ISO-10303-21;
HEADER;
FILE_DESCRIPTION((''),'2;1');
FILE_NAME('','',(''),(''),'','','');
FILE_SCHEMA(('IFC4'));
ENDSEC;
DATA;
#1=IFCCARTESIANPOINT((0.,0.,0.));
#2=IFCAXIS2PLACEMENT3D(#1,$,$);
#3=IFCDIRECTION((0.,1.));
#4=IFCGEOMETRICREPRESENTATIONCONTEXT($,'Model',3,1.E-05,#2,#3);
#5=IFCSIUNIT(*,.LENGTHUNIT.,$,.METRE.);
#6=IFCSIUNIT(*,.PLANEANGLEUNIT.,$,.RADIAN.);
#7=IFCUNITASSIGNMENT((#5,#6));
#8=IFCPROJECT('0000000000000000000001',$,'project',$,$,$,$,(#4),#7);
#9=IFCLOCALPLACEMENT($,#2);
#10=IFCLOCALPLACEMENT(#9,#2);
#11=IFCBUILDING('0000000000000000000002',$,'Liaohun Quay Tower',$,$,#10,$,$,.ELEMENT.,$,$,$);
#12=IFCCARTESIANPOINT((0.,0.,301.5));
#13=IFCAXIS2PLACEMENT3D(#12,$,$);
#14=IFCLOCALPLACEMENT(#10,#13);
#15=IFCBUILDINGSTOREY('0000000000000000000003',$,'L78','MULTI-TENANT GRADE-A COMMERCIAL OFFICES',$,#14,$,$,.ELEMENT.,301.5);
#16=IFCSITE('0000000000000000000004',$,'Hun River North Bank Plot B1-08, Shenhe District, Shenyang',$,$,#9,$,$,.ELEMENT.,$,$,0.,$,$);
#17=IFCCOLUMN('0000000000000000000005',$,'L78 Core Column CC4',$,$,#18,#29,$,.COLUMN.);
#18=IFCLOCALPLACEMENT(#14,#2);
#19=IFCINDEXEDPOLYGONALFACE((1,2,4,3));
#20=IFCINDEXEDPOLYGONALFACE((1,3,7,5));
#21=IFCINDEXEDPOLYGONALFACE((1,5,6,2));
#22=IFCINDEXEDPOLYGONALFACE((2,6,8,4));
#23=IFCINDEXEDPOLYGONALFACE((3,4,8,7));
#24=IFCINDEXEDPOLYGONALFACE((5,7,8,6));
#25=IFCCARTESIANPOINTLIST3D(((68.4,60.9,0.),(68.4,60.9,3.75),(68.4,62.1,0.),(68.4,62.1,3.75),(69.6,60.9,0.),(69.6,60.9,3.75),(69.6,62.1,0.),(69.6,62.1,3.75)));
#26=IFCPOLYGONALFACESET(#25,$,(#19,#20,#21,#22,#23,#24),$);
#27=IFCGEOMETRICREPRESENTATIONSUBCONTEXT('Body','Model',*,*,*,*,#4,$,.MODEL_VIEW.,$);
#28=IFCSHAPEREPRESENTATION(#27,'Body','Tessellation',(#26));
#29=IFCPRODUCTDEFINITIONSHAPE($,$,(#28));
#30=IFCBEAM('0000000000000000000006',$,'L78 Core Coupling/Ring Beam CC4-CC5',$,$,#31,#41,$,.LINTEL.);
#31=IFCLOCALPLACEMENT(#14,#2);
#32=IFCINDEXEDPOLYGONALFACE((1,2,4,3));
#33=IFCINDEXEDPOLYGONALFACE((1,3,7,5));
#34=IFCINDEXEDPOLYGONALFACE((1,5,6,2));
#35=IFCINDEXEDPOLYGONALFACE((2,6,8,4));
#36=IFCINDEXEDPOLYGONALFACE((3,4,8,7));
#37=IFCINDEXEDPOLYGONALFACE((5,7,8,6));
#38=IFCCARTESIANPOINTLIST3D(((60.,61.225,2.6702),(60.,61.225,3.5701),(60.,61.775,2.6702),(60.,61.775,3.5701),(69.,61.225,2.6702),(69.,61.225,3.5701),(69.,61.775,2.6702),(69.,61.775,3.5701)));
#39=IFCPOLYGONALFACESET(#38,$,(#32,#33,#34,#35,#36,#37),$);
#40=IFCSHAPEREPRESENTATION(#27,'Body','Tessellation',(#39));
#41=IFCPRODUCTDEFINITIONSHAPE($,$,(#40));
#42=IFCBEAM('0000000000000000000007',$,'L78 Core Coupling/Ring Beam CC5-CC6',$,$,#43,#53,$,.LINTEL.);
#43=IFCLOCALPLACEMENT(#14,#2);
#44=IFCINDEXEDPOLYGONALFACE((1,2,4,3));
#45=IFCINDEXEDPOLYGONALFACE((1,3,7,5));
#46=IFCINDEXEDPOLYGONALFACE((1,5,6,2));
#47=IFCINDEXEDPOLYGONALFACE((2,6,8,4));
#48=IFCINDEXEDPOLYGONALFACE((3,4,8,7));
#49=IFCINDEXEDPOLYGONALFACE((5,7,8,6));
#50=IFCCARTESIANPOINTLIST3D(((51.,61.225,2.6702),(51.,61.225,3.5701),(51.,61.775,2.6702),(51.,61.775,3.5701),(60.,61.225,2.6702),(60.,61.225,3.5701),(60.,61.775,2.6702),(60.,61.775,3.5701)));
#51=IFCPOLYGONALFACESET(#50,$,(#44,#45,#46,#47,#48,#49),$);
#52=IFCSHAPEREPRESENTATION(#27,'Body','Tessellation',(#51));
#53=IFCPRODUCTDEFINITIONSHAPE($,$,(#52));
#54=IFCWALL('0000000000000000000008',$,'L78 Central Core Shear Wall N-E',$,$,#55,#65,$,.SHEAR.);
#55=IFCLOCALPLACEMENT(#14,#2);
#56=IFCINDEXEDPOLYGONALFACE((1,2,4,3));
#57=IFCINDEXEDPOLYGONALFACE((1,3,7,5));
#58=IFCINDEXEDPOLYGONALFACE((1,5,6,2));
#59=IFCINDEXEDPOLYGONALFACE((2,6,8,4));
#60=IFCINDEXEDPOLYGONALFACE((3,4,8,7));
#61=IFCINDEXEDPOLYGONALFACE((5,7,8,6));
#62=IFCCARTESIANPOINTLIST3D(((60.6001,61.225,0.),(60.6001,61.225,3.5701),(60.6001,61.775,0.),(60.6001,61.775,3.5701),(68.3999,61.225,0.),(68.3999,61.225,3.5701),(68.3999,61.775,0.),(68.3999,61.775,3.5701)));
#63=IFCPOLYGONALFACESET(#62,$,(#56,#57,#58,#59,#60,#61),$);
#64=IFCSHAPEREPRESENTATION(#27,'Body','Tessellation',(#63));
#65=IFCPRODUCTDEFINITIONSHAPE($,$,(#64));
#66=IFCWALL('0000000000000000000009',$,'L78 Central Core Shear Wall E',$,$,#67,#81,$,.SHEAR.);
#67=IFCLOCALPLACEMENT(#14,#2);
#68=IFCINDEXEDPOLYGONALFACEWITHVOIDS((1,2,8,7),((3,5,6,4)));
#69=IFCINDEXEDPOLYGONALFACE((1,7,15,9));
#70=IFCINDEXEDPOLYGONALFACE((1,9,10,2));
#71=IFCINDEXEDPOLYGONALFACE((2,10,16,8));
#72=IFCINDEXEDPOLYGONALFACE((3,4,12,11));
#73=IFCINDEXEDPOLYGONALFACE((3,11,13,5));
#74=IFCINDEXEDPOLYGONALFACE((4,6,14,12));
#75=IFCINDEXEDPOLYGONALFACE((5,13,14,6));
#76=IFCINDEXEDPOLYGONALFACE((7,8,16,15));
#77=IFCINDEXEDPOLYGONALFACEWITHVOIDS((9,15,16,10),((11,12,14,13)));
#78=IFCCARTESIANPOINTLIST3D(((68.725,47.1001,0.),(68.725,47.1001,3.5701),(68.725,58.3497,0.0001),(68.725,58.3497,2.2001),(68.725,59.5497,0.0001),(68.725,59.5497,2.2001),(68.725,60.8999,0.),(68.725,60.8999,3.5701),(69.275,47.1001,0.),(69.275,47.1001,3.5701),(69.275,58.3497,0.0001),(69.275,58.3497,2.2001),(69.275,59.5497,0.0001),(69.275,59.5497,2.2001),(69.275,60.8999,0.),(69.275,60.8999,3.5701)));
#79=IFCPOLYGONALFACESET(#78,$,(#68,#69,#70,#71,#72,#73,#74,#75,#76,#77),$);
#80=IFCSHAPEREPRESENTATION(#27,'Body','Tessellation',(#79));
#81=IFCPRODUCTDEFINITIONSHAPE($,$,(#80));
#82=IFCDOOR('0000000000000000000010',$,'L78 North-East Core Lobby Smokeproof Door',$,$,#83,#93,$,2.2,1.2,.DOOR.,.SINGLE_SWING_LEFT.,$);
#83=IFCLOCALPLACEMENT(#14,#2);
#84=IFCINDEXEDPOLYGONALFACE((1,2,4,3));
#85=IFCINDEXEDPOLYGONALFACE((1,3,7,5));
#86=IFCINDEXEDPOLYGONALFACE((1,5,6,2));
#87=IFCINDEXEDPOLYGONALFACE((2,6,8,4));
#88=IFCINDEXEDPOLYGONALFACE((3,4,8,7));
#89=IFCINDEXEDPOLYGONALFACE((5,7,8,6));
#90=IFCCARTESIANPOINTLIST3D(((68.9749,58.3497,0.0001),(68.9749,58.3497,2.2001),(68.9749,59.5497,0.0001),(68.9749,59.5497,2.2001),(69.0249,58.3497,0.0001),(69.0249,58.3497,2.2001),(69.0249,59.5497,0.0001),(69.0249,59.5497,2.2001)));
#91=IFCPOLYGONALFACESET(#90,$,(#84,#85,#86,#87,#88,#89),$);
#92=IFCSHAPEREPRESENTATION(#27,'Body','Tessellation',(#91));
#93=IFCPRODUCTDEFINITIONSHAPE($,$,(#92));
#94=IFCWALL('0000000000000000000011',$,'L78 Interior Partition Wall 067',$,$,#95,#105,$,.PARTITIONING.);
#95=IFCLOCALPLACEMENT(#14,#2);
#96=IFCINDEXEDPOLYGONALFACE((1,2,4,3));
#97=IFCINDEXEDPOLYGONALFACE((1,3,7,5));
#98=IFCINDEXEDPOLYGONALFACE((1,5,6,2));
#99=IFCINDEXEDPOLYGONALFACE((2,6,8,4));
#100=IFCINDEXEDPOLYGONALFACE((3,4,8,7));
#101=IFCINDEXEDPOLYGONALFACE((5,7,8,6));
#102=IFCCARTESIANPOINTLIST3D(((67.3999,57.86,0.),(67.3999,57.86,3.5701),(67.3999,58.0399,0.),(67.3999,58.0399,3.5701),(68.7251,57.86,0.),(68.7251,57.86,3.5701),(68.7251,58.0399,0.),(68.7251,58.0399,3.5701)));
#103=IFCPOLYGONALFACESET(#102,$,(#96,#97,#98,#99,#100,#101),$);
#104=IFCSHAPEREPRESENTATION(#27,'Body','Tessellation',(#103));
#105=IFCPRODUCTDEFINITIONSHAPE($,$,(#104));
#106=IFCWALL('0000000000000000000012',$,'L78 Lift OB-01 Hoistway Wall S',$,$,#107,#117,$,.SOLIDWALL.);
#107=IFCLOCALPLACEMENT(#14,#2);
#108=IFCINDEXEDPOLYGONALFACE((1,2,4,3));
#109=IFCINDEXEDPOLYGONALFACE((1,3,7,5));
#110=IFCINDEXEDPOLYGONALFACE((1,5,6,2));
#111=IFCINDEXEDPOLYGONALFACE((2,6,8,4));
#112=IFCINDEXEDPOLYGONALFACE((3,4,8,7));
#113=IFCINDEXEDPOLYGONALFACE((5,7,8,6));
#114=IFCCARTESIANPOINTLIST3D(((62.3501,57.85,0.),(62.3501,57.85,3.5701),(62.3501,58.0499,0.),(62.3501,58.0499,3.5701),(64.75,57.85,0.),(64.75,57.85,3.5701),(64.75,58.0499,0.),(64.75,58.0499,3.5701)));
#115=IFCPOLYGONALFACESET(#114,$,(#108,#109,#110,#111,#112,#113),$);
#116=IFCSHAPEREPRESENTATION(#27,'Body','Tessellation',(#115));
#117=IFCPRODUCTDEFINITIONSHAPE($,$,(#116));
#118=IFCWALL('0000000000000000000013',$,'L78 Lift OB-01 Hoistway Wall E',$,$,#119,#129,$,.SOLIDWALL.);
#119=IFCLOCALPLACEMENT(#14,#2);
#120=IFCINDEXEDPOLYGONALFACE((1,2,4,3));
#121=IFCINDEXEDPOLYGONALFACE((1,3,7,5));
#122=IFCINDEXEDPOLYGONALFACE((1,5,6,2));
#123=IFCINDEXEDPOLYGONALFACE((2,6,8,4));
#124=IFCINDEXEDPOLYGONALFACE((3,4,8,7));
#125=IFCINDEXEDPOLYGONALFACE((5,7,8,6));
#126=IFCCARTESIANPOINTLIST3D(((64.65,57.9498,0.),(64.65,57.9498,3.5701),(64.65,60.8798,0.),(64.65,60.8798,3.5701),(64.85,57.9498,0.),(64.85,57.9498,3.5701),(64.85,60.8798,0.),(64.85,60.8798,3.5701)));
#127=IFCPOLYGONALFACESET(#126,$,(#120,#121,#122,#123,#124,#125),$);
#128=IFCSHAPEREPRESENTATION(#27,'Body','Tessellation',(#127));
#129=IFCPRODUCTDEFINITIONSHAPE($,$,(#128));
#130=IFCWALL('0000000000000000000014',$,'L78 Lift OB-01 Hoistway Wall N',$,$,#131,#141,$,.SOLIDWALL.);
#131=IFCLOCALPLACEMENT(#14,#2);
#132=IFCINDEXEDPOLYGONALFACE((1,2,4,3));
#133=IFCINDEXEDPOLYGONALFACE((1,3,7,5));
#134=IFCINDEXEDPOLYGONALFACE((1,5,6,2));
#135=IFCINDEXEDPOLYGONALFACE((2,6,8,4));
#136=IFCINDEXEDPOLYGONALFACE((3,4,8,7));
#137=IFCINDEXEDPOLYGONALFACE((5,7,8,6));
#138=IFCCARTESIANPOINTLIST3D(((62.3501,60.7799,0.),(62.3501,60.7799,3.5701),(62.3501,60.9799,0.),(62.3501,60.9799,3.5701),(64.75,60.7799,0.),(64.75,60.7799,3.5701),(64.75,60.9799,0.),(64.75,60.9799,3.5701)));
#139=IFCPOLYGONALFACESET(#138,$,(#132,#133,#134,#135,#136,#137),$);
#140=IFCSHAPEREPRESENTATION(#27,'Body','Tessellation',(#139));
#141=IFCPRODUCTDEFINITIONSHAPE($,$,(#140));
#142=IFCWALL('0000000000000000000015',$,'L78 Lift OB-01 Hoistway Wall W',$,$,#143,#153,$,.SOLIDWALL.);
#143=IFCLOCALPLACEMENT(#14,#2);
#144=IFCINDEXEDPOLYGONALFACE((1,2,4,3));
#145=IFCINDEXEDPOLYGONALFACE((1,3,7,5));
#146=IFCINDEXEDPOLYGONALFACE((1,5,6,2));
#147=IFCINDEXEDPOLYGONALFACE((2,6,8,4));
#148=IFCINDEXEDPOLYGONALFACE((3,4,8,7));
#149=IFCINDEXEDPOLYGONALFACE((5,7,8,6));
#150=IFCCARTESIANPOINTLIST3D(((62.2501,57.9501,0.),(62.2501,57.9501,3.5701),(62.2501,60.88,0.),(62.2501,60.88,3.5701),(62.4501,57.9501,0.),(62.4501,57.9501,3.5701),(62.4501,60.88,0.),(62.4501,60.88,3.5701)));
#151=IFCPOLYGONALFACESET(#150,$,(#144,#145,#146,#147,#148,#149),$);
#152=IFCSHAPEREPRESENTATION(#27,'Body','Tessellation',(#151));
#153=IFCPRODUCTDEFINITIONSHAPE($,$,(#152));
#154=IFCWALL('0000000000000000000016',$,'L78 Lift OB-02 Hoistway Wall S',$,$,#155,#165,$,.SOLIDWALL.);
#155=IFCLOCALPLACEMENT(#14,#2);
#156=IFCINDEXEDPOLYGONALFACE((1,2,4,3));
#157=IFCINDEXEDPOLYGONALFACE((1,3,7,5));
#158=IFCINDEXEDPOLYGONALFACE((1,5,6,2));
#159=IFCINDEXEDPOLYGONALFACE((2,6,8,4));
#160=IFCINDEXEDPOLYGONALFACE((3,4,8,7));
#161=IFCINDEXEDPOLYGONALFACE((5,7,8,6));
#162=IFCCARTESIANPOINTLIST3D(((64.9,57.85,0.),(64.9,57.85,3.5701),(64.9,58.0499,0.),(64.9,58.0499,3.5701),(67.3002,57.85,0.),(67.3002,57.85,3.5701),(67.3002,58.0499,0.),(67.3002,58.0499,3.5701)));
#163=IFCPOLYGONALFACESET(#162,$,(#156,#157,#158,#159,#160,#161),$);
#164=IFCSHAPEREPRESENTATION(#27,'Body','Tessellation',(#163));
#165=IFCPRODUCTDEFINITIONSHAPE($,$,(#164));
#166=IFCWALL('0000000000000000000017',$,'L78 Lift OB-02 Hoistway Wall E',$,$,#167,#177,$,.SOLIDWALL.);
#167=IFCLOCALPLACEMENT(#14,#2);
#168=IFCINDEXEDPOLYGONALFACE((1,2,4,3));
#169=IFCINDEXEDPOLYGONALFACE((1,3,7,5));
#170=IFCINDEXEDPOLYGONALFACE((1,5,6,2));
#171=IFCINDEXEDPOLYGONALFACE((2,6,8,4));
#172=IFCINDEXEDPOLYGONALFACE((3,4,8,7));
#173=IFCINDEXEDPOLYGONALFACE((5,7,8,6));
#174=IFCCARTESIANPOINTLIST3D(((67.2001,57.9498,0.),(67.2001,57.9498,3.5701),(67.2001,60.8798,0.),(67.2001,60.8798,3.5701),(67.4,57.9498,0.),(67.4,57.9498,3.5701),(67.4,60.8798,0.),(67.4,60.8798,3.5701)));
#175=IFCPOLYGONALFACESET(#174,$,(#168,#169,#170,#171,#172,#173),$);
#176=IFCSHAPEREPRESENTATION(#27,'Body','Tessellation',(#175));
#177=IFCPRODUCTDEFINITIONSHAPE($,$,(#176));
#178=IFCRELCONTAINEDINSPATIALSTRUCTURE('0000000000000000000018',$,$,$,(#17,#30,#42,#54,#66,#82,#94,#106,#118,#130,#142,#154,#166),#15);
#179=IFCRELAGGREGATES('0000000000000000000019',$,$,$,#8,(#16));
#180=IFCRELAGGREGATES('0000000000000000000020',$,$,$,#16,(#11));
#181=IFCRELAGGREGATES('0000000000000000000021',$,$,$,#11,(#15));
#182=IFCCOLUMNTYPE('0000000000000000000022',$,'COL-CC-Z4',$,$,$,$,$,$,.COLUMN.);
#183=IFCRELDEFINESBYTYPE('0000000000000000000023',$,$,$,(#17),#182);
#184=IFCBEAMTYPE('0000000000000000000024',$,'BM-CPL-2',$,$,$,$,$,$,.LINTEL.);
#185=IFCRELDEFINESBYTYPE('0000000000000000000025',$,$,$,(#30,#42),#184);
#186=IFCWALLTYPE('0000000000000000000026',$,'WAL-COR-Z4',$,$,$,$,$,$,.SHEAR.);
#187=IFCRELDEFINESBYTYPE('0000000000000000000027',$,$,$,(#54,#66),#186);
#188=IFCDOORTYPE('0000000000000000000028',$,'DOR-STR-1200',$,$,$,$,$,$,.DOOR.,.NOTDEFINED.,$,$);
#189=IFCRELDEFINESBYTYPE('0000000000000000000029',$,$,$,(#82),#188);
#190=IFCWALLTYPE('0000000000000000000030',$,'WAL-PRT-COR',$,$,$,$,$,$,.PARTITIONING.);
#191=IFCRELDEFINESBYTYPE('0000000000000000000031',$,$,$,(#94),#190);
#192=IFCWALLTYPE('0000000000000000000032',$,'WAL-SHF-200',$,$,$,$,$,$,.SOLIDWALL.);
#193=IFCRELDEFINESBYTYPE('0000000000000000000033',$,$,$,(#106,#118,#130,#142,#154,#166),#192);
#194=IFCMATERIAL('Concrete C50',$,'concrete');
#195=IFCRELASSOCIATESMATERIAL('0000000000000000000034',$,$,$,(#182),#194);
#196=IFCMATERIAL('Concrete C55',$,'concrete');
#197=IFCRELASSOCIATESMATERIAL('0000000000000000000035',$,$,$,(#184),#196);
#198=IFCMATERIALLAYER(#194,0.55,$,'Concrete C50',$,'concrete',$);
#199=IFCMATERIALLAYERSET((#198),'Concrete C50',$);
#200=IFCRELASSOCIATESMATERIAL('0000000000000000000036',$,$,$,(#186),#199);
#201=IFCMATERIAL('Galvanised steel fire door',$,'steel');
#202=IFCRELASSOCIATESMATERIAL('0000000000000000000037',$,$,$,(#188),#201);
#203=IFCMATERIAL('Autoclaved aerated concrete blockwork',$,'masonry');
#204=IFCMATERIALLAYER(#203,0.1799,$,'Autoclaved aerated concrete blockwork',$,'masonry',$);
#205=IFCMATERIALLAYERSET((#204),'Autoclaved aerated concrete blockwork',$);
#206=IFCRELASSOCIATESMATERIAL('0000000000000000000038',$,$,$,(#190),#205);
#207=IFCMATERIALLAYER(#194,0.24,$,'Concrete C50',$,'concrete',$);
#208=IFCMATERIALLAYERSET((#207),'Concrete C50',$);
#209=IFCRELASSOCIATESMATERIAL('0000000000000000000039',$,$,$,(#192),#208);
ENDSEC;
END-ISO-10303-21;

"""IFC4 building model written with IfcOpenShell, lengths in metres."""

from ifc_helpers import new_model, si_unit, direction, frame, frame_2d, origin, origin_2d, place, context, subcontext, project, spatial, rectangle, extrude, source, transform, mapped, material, layer, layer_set, material_profile, profile_set, type_object, element, fill, save


model = new_model("IFC4")

# Units and contexts
model_context = context("Model", 3, precision=1e-05, world=origin(), true_north=direction((0.0, 1.0)))
body_context = subcontext(model_context, "Body", "Model", "MODEL_VIEW")
ifc_project = project(units=[si_unit("LENGTHUNIT", "METRE"), si_unit("PLANEANGLEUNIT", "RADIAN")], contexts=[model_context])

# Site, building, storey
site_placement = place(None, origin())
site = spatial("IfcSite", under=ifc_project, at=site_placement, Name="Hun River North Bank Plot B1-08, Shenhe District, Shenyang", CompositionType="ELEMENT", RefElevation=0.0)
building_placement = place(site_placement, origin())
building = spatial("IfcBuilding", under=site, at=building_placement, Name="Liaohun Quay Tower", CompositionType="ELEMENT")
storey_placement = place(building_placement, frame((0.0, 0.0, 301.5)))
storey = spatial("IfcBuildingStorey", under=building, at=storey_placement, Name="L78", Description="MULTI-TENANT GRADE-A COMMERCIAL OFFICES", CompositionType="ELEMENT", Elevation=301.5)

# Column
ifc_material_1 = material(Name="Concrete C50", Category="concrete")
ifc_material_profile_1 = material_profile(ifc_material_1, rectangle(XDim=1.2, YDim=1.2, at=origin_2d()), Name="RC1200x1200")
ifc_profile_set_1 = profile_set([ifc_material_profile_1], Name="Concrete C50")
column_type = type_object("IfcColumnType", Name="COL-CC-Z4", PredefinedType="COLUMN", material=ifc_profile_set_1)
shared_shape_1 = source(origin(), body_context, "Body", "SweptSolid", [
    extrude(rectangle(XDim=1.2, YDim=1.2, at=origin_2d()), origin(), (0.0, 0.0, 1.0), 3.75),
])
column_placement = place(storey_placement, frame((69.0, 61.5, 0.0), z_axis=(0.0, 0.0, 1.0), x_axis=(1.0, 0.0, 0.0)))
element("IfcColumn", 1, at=column_placement, inside=storey, type_object=column_type, Name="L78 Core Column CC4", PredefinedType="COLUMN", context=body_context, shape_type="MappedRepresentation", body=[
    mapped(shared_shape_1, transform((0.0, 0.0, 0.0), x_axis=(1.0, 0.0, 0.0), y_axis=(0.0, 1.0, 0.0), z_axis=(0.0, 0.0, 1.0), scale=1.0)),
])

# Beams
ifc_material_2 = material(Name="Concrete C55", Category="concrete")
ifc_material_profile_2 = material_profile(ifc_material_2, rectangle(XDim=0.55, YDim=0.8999, at=origin_2d()), Name="RC550x900")
ifc_profile_set_2 = profile_set([ifc_material_profile_2], Name="Concrete C55")
beam_type = type_object("IfcBeamType", Name="BM-CPL-2", PredefinedType="LINTEL", material=ifc_profile_set_2)
shared_shape_2 = source(origin(), body_context, "Body", "SweptSolid", [
    extrude(rectangle(XDim=0.55, YDim=0.8999, at=origin_2d()), origin(), (0.0, 0.0, 1.0), 9.0),
])
for number, where, z_axis, x_axis, name in (
    (2, (69.0, 61.5, 3.1201), (-1.0, 0.0, 0.0), (0.0, -1.0, 0.0), "L78 Core Coupling/Ring Beam CC4-CC5"),
    (3, (60.0, 61.5, 3.1201), (-1.0, 0.0, 0.0), (0.0, -1.0, 0.0), "L78 Core Coupling/Ring Beam CC5-CC6"),
):
    element("IfcBeam", number, at=place(storey_placement, frame(where, z_axis=z_axis, x_axis=x_axis)), inside=storey, type_object=beam_type, Name=name, PredefinedType="LINTEL", context=body_context, shape_type="MappedRepresentation", body=[
        mapped(shared_shape_2, transform((0.0, 0.0, 0.0), x_axis=(1.0, 0.0, 0.0), y_axis=(0.0, 1.0, 0.0), z_axis=(0.0, 0.0, 1.0), scale=1.0)),
    ])

# Wall
ifc_layer_1 = layer(ifc_material_1, 0.55, Name="Concrete C50", Category="concrete")
ifc_layer_set_1 = layer_set([ifc_layer_1], Name="Concrete C50")
wall_type_1 = type_object("IfcWallType", Name="WAL-COR-Z4", PredefinedType="SHEAR", material=ifc_layer_set_1)
wall_1_placement = place(storey_placement, frame((60.6001, 61.5, 0.0), z_axis=(0.0, 0.0, 1.0), x_axis=(1.0, 0.0, 0.0)))
element("IfcWall", 4, at=wall_1_placement, inside=storey, type_object=wall_type_1, Name="L78 Central Core Shear Wall N-E", PredefinedType="SHEAR", context=body_context, shape_type="SweptSolid", body=[
    extrude(rectangle(XDim=7.7998, YDim=0.55, at=frame_2d((3.8999, 0.0))), origin(), (0.0, 0.0, 1.0), 3.5701),
])

# Wall, opening, door
wall_2_placement = place(storey_placement, frame((69.0, 60.8999, 0.0), z_axis=(0.0, 0.0, 1.0), x_axis=(0.0, -1.0, 0.0)))
wall_2 = element("IfcWall", 5, at=wall_2_placement, inside=storey, type_object=wall_type_1, Name="L78 Central Core Shear Wall E", PredefinedType="SHEAR", context=body_context, shape_type="SweptSolid", body=[
    extrude(rectangle(XDim=13.7998, YDim=0.55, at=frame_2d((6.8999, 0.0))), origin(), (0.0, 0.0, 1.0), 3.5701),
])
shared_shape_3 = source(origin(), body_context, "Body", "SweptSolid", [
    extrude(rectangle(XDim=1.2, YDim=2.2, at=frame_2d((0.6001, 1.1001))), frame((0.0, 0.2849, 0.0), z_axis=(0.0, -1.0, 0.0), x_axis=(1.0, 0.0, 0.0)), (0.0, 0.0, 1.0), 0.5701),
])
opening_placement = place(wall_2_placement, frame((1.3501, 0.0, 0.0)))
opening = element("IfcOpeningElement", 6, at=opening_placement, cuts=wall_2, PredefinedType="OPENING", context=body_context, shape_type="MappedRepresentation", body=[
    mapped(shared_shape_3, transform((0.0, 0.0, 0.0), x_axis=(1.0, 0.0, 0.0), y_axis=(0.0, 1.0, 0.0), z_axis=(0.0, 0.0, 1.0), scale=1.0)),
])
ifc_material_3 = material(Name="Galvanised steel fire door", Category="steel")
door_type = type_object("IfcDoorType", Name="DOR-STR-1200", OperationType="NOTDEFINED", PredefinedType="DOOR", material=ifc_material_3)
shared_shape_4 = source(origin(), body_context, "Body", "SweptSolid", [
    extrude(rectangle(XDim=1.2, YDim=2.2, at=frame_2d((0.6001, 1.1001))), frame((0.0, 0.0249, 0.0), z_axis=(0.0, -1.0, 0.0), x_axis=(1.0, 0.0, 0.0)), (0.0, 0.0, 1.0), 0.05),
])
door_placement = place(opening_placement, origin())
door = element("IfcDoor", 7, at=door_placement, inside=storey, type_object=door_type, Name="L78 North-East Core Lobby Smokeproof Door", OperationType="SINGLE_SWING_LEFT", OverallHeight=2.2, OverallWidth=1.2, PredefinedType="DOOR", context=body_context, shape_type="MappedRepresentation", body=[
    mapped(shared_shape_4, transform((0.0, 0.0, 0.0), x_axis=(1.0, 0.0, 0.0), y_axis=(0.0, 1.0, 0.0), z_axis=(0.0, 0.0, 1.0), scale=1.0)),
])
fill(opening, door)

# Walls
ifc_material_4 = material(Name="Autoclaved aerated concrete blockwork", Category="masonry")
ifc_layer_2 = layer(ifc_material_4, 0.1799, Name="Autoclaved aerated concrete blockwork", Category="masonry")
ifc_layer_set_2 = layer_set([ifc_layer_2], Name="Autoclaved aerated concrete blockwork")
wall_type_2 = type_object("IfcWallType", Name="WAL-PRT-COR", PredefinedType="PARTITIONING", material=ifc_layer_set_2)
wall_3_placement = place(storey_placement, frame((67.3999, 57.95, 0.0), z_axis=(0.0, 0.0, 1.0), x_axis=(1.0, 0.0, 0.0)))
element("IfcWall", 8, at=wall_3_placement, inside=storey, type_object=wall_type_2, Name="L78 Interior Partition Wall 067", PredefinedType="PARTITIONING", context=body_context, shape_type="SweptSolid", body=[
    extrude(rectangle(XDim=1.3252, YDim=0.1799, at=frame_2d((0.6626, 0.0))), origin(), (0.0, 0.0, 1.0), 3.5701),
])
ifc_layer_3 = layer(ifc_material_1, 0.24, Name="Concrete C50", Category="concrete")
ifc_layer_set_3 = layer_set([ifc_layer_3], Name="Concrete C50")
wall_type_3 = type_object("IfcWallType", Name="WAL-SHF-200", PredefinedType="SOLIDWALL", material=ifc_layer_set_3)
wall_4_placement = place(storey_placement, frame((62.3501, 57.95, 0.0), z_axis=(0.0, 0.0, 1.0), x_axis=(1.0, 0.0, 0.0)))
element("IfcWall", 9, at=wall_4_placement, inside=storey, type_object=wall_type_3, Name="L78 Lift OB-01 Hoistway Wall S", PredefinedType="SOLIDWALL", context=body_context, shape_type="SweptSolid", body=[
    extrude(rectangle(XDim=2.3999, YDim=0.2, at=frame_2d((1.2, 0.0))), origin(), (0.0, 0.0, 1.0), 3.5701),
])
wall_5_placement = place(storey_placement, frame((64.75, 57.95, 0.0), z_axis=(0.0, 0.0, 1.0), x_axis=(0.0, 1.0, 0.0)))
element("IfcWall", 10, at=wall_5_placement, inside=storey, type_object=wall_type_3, Name="L78 Lift OB-01 Hoistway Wall E", PredefinedType="SOLIDWALL", context=body_context, shape_type="SweptSolid", body=[
    extrude(rectangle(XDim=2.9299, YDim=0.2, at=frame_2d((1.4648, 0.0))), origin(), (0.0, 0.0, 1.0), 3.5701),
])
wall_6_placement = place(storey_placement, frame((64.75, 60.8799, 0.0), z_axis=(0.0, 0.0, 1.0), x_axis=(-1.0, 0.0, 0.0)))
element("IfcWall", 11, at=wall_6_placement, inside=storey, type_object=wall_type_3, Name="L78 Lift OB-01 Hoistway Wall N", PredefinedType="SOLIDWALL", context=body_context, shape_type="SweptSolid", body=[
    extrude(rectangle(XDim=2.3999, YDim=0.2, at=frame_2d((1.2, 0.0))), origin(), (0.0, 0.0, 1.0), 3.5701),
])
wall_7_placement = place(storey_placement, frame((62.3501, 60.8799, 0.0), z_axis=(0.0, 0.0, 1.0), x_axis=(0.0, -1.0, 0.0)))
element("IfcWall", 12, at=wall_7_placement, inside=storey, type_object=wall_type_3, Name="L78 Lift OB-01 Hoistway Wall W", PredefinedType="SOLIDWALL", context=body_context, shape_type="SweptSolid", body=[
    extrude(rectangle(XDim=2.9299, YDim=0.2, at=frame_2d((1.4648, 0.0))), origin(), (0.0, 0.0, 1.0), 3.5701),
])
wall_8_placement = place(storey_placement, frame((64.8999, 57.95, 0.0), z_axis=(0.0, 0.0, 1.0), x_axis=(1.0, 0.0, 0.0)))
element("IfcWall", 13, at=wall_8_placement, inside=storey, type_object=wall_type_3, Name="L78 Lift OB-02 Hoistway Wall S", PredefinedType="SOLIDWALL", context=body_context, shape_type="SweptSolid", body=[
    extrude(rectangle(XDim=2.4001, YDim=0.2, at=frame_2d((1.2002, 0.0))), origin(), (0.0, 0.0, 1.0), 3.5701),
])
wall_9_placement = place(storey_placement, frame((67.3, 57.95, 0.0), z_axis=(0.0, 0.0, 1.0), x_axis=(0.0, 1.0, 0.0)))
element("IfcWall", 14, at=wall_9_placement, inside=storey, type_object=wall_type_3, Name="L78 Lift OB-02 Hoistway Wall E", PredefinedType="SOLIDWALL", context=body_context, shape_type="SweptSolid", body=[
    extrude(rectangle(XDim=2.9299, YDim=0.2, at=frame_2d((1.4648, 0.0))), origin(), (0.0, 0.0, 1.0), 3.5701),
])

save(model, "model.ifc")
